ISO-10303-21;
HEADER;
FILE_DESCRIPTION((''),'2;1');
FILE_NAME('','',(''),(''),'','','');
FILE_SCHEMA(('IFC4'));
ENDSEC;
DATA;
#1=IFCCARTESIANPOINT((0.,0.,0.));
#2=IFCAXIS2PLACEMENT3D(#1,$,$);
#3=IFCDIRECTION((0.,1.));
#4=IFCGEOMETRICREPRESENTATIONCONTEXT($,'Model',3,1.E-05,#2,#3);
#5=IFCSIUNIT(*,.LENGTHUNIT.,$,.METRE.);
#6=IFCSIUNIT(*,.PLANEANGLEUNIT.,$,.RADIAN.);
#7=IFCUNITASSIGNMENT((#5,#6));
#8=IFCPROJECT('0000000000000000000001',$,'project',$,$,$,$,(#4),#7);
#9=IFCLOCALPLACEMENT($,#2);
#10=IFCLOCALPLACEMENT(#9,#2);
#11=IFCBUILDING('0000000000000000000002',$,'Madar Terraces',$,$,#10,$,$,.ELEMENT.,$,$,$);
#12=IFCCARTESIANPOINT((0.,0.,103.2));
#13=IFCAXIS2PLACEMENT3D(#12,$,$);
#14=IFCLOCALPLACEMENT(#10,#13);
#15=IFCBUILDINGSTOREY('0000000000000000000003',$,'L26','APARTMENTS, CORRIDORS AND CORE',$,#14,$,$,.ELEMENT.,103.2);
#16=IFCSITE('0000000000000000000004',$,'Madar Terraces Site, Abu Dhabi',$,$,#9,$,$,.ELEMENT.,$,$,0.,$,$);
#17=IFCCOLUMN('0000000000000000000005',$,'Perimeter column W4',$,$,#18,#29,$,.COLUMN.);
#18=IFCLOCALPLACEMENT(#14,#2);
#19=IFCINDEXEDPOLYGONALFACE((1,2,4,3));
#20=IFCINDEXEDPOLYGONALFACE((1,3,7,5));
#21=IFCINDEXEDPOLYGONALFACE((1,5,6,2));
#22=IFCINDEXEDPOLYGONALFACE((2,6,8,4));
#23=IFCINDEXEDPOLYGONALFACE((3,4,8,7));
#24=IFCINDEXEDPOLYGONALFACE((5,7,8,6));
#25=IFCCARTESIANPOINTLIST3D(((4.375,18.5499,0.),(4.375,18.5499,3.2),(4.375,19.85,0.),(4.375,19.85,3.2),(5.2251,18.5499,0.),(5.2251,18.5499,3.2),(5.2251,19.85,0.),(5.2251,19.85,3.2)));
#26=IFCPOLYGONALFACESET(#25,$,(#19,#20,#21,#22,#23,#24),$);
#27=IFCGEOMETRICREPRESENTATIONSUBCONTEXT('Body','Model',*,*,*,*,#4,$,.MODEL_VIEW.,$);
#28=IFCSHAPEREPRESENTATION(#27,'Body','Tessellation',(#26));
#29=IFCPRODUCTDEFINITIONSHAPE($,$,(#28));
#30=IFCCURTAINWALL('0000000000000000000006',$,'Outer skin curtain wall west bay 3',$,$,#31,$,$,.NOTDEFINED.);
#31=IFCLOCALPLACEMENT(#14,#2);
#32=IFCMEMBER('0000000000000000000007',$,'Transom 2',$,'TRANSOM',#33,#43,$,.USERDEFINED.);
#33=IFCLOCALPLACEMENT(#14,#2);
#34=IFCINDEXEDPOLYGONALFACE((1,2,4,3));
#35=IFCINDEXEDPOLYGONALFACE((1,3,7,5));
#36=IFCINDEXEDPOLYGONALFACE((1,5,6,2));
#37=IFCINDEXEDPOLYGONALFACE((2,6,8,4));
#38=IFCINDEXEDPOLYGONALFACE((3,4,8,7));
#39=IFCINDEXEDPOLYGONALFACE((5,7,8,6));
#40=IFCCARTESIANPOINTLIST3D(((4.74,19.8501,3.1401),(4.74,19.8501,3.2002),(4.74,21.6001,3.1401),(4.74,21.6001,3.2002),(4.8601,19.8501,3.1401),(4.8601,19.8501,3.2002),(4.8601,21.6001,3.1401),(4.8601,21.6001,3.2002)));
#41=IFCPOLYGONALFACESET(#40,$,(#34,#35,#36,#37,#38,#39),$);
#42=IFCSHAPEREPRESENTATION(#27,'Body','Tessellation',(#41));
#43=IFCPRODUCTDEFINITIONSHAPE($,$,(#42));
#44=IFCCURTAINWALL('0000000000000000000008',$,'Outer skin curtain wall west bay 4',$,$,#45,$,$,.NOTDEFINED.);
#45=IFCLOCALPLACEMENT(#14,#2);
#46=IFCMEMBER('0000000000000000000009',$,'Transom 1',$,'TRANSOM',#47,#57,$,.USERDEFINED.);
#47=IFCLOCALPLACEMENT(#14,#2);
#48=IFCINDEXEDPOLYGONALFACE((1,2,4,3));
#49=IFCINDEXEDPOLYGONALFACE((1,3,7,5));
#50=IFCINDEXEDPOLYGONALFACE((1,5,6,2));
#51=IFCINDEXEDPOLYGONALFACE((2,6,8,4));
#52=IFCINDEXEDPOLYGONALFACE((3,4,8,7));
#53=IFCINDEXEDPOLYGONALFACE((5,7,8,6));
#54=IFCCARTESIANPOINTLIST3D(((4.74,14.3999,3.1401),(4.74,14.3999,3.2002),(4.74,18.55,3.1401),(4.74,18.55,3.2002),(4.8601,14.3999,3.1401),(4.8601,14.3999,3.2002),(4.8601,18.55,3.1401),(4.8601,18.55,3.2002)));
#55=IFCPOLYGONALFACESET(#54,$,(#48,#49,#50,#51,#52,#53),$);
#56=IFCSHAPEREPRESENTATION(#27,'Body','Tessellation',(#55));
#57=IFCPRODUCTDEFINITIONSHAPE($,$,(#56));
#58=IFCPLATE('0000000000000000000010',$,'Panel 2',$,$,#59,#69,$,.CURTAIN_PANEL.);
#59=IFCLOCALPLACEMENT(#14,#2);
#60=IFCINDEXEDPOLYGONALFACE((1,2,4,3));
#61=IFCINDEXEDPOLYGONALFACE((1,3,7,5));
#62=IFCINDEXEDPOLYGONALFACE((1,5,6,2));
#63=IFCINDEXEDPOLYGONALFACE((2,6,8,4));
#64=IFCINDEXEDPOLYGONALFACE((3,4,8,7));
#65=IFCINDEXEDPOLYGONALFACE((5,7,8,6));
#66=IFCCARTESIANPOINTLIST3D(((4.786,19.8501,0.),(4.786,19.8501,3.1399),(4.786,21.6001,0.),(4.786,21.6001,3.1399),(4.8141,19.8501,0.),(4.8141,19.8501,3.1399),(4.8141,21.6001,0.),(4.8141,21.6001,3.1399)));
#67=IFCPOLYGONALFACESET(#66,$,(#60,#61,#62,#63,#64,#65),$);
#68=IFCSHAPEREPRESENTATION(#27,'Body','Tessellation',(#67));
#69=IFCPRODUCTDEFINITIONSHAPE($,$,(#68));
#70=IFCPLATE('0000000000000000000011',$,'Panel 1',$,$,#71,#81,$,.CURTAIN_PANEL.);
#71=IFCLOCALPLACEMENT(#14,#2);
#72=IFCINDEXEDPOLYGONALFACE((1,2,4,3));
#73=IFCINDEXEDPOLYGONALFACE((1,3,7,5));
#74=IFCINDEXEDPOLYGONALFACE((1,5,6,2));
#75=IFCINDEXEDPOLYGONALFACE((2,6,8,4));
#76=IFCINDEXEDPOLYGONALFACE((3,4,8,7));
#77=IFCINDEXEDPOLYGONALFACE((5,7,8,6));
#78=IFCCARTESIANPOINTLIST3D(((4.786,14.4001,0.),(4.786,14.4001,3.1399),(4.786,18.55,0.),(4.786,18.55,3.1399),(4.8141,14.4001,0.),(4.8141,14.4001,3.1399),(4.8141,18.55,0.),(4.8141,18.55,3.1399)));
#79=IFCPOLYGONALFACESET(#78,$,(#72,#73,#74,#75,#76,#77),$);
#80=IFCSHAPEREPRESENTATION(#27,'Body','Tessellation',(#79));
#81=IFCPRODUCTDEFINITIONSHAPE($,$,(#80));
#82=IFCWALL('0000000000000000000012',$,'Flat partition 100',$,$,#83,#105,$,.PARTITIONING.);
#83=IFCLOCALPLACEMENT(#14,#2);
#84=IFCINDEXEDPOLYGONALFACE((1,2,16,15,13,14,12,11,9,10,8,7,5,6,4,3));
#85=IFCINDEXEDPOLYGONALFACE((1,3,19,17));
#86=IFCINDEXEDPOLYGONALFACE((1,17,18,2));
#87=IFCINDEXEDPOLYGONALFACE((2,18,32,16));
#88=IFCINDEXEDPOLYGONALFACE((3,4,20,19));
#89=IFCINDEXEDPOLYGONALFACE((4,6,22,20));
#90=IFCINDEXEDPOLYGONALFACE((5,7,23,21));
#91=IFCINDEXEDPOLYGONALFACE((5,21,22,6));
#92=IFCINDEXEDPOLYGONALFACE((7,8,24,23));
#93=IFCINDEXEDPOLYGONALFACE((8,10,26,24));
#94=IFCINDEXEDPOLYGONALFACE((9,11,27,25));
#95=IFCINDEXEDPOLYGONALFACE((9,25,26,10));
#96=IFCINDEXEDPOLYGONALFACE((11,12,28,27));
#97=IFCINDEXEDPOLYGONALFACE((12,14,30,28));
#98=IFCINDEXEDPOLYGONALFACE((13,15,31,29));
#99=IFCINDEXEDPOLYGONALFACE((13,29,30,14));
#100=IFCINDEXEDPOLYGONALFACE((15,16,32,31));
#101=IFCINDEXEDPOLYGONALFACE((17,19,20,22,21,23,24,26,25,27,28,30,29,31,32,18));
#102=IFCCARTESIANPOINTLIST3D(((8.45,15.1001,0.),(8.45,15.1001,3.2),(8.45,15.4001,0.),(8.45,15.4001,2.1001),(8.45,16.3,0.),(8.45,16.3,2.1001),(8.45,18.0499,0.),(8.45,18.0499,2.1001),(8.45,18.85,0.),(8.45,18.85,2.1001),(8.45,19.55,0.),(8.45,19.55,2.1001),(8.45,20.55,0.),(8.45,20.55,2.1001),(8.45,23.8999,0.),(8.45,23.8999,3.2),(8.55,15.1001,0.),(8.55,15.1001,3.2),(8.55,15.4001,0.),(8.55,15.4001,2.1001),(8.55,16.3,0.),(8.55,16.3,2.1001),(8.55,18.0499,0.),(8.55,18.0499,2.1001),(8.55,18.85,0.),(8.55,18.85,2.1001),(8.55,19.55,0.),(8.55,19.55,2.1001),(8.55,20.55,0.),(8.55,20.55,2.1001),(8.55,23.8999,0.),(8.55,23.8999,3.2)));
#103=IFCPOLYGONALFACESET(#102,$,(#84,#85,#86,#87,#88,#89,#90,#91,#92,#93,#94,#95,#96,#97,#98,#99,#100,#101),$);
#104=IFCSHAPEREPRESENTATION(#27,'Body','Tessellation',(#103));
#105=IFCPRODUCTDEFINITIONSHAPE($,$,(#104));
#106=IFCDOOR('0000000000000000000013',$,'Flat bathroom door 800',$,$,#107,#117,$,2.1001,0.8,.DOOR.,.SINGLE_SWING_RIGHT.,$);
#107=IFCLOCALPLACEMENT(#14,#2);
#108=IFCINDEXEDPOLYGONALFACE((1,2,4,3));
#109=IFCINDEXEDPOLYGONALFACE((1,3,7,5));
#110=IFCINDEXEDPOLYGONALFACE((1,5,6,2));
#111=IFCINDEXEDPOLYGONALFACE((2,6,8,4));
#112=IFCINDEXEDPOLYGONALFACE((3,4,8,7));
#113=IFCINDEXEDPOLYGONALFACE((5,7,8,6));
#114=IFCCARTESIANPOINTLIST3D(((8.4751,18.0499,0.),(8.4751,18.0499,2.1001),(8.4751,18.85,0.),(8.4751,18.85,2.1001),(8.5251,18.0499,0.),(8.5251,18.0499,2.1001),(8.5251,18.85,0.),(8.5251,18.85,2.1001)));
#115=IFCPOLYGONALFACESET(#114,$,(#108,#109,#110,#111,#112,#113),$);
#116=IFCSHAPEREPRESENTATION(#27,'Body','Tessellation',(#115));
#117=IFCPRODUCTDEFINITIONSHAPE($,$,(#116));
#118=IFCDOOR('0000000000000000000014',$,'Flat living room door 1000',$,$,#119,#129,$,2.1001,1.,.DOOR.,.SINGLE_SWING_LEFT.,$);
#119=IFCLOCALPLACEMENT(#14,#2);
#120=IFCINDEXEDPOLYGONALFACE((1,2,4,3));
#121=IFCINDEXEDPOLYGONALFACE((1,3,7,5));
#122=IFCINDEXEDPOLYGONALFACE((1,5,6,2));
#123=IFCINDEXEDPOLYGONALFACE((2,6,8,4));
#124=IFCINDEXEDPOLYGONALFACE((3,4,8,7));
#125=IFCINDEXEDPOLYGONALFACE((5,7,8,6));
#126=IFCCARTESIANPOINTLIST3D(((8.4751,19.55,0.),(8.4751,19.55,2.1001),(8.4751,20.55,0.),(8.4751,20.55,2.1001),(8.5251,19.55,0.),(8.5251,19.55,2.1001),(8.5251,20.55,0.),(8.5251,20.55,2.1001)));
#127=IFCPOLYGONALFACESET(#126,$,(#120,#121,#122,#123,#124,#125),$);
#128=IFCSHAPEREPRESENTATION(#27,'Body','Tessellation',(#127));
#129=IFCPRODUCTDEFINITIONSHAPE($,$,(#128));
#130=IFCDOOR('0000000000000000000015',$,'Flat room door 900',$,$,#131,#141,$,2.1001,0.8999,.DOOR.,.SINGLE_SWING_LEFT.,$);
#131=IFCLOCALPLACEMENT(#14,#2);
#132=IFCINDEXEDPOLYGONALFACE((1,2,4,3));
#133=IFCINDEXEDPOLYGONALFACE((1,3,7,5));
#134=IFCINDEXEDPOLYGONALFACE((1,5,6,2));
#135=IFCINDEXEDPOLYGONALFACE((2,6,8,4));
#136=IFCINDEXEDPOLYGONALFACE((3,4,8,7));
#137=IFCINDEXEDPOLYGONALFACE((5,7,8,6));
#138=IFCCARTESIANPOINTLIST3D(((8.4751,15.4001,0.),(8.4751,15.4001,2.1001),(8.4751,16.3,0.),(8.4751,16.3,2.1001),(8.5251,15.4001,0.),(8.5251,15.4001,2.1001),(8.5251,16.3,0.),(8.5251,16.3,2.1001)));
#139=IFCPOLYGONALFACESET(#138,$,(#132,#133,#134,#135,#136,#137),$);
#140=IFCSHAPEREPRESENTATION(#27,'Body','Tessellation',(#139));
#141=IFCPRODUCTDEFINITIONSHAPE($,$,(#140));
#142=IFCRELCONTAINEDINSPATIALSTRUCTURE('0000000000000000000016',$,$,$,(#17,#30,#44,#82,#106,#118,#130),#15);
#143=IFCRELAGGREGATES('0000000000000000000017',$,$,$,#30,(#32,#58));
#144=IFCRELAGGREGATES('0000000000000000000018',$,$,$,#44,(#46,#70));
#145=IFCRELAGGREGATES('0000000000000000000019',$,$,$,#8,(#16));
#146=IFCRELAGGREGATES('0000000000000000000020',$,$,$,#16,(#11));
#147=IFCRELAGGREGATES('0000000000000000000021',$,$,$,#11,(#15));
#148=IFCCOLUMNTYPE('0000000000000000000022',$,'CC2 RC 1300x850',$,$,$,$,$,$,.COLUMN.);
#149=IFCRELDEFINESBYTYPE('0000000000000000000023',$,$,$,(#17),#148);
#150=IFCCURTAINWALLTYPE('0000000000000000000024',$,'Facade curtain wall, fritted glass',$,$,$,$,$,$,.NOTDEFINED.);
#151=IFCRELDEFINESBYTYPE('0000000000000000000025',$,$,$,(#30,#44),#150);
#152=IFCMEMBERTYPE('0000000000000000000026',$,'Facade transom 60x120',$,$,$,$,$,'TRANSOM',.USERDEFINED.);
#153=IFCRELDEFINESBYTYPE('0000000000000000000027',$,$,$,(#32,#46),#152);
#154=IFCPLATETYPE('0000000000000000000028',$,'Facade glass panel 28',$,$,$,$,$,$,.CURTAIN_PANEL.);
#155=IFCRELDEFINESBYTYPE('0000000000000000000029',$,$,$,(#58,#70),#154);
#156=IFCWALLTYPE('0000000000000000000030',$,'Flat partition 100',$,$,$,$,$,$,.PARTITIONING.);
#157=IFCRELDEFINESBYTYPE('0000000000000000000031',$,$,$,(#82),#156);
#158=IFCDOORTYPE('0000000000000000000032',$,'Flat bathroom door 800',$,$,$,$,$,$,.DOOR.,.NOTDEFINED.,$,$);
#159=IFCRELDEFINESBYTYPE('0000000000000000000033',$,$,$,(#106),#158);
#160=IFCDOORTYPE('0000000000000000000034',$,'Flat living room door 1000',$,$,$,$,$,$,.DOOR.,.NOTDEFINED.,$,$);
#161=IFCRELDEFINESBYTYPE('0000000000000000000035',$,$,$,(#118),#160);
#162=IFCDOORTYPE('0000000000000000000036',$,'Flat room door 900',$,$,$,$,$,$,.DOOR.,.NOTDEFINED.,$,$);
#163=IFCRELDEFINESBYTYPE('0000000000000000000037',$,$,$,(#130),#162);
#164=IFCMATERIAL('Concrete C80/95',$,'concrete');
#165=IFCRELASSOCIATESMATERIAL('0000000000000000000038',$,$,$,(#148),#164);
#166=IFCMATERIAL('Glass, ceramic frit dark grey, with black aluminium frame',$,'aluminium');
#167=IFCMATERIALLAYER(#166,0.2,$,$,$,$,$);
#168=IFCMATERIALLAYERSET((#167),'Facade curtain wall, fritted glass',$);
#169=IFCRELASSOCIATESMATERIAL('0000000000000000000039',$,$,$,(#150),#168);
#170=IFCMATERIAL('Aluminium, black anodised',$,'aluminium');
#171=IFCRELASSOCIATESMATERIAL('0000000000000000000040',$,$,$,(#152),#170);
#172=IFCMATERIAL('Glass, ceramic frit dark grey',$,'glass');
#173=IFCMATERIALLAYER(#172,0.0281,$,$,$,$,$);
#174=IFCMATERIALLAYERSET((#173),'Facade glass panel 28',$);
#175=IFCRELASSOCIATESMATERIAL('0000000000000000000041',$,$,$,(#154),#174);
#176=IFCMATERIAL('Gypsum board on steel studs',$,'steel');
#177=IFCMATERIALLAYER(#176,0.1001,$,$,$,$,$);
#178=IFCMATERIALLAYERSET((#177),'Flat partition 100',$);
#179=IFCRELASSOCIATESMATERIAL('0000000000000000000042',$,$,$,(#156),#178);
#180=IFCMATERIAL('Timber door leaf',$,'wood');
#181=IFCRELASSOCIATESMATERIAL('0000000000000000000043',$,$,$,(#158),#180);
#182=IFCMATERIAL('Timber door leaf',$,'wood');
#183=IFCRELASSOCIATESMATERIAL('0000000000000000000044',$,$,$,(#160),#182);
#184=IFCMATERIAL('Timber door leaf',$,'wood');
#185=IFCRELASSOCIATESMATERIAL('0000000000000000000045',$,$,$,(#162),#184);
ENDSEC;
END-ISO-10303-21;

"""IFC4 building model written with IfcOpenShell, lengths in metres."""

from ifc_helpers import new_model, si_unit, direction, frame, frame_2d, origin, origin_2d, place, context, subcontext, project, spatial, rectangle, extrude, material, layer, layer_set, material_profile, profile_set, type_object, element, fill, aggregate, save


model = new_model("IFC4")

# Units and contexts
model_context = context("Model", 3, precision=1e-05, world=origin(), true_north=direction((0.0, 1.0)))
body_context = subcontext(model_context, "Body", "Model", "MODEL_VIEW")
ifc_project = project(units=[si_unit("LENGTHUNIT", "METRE"), si_unit("PLANEANGLEUNIT", "RADIAN")], contexts=[model_context])

# Site, building, storey
site_placement = place(None, origin())
site = spatial("IfcSite", under=ifc_project, at=site_placement, Name="Madar Terraces Site, Abu Dhabi", CompositionType="ELEMENT", RefElevation=0.0)
building_placement = place(site_placement, origin())
building = spatial("IfcBuilding", under=site, at=building_placement, Name="Madar Terraces", CompositionType="ELEMENT")
storey_placement = place(building_placement, frame((0.0, 0.0, 103.2)))
storey = spatial("IfcBuildingStorey", under=building, at=storey_placement, Name="L26", Description="APARTMENTS, CORRIDORS AND CORE", CompositionType="ELEMENT", Elevation=103.2)

# Column
ifc_material_1 = material(Name="Concrete C80/95", Category="concrete")
ifc_material_profile_1 = material_profile(ifc_material_1, rectangle(XDim=1.3, YDim=0.8501, at=origin_2d()), Name="CC2 RC 1300x850")
ifc_profile_set_1 = profile_set([ifc_material_profile_1], Name="Concrete C80/95")
column_type = type_object("IfcColumnType", Name="CC2 RC 1300x850", PredefinedType="COLUMN", material=ifc_profile_set_1)
column_placement = place(storey_placement, frame((4.8, 19.2, 0.0), z_axis=(0.0, 0.0, 1.0), x_axis=(0.0, 1.0, 0.0)))
element("IfcColumn", 1, at=column_placement, inside=storey, type_object=column_type, Name="Perimeter column W4", PredefinedType="COLUMN", context=body_context, shape_type="SweptSolid", body=[
    extrude(rectangle(XDim=1.3, YDim=0.8501, at=origin_2d()), origin(), (0.0, 0.0, 1.0), 3.2),
])

# Curtain walls, members
ifc_material_2 = material(Name="Glass, ceramic frit dark grey, with black aluminium frame", Category="aluminium")
ifc_layer_1 = layer(ifc_material_2, 0.2)
ifc_layer_set_1 = layer_set([ifc_layer_1], Name="Facade curtain wall, fritted glass")
curtain_wall_type = type_object("IfcCurtainWallType", Name="Facade curtain wall, fritted glass", PredefinedType="NOTDEFINED", material=ifc_layer_set_1)
curtain_wall_1_placement = place(storey_placement, origin())
curtain_wall_1 = element("IfcCurtainWall", 2, at=curtain_wall_1_placement, inside=storey, type_object=curtain_wall_type, Name="Outer skin curtain wall west bay 3", PredefinedType="NOTDEFINED")
ifc_material_3 = material(Name="Aluminium, black anodised", Category="aluminium")
ifc_material_profile_2 = material_profile(ifc_material_3, rectangle(XDim=0.1201, YDim=0.0601, at=origin_2d()), Name="Facade transom 60x120")
ifc_profile_set_2 = profile_set([ifc_material_profile_2], Name="Aluminium, black anodised")
member_type = type_object("IfcMemberType", Name="Facade transom 60x120", ElementType="TRANSOM", PredefinedType="USERDEFINED", material=ifc_profile_set_2)
member_1_placement = place(storey_placement, frame((4.8, 21.6001, 3.1702), z_axis=(0.0, -1.0, 0.0), x_axis=(1.0, 0.0, 0.0)))
member_1 = element("IfcMember", 3, at=member_1_placement, type_object=member_type, Name="Transom 2", ObjectType="TRANSOM", PredefinedType="USERDEFINED", context=body_context, shape_type="SweptSolid", body=[
    extrude(rectangle(XDim=0.1201, YDim=0.0601, at=origin_2d()), origin(), (0.0, 0.0, 1.0), 1.75),
])
curtain_wall_2_placement = place(storey_placement, origin())
curtain_wall_2 = element("IfcCurtainWall", 4, at=curtain_wall_2_placement, inside=storey, type_object=curtain_wall_type, Name="Outer skin curtain wall west bay 4", PredefinedType="NOTDEFINED")
member_2_placement = place(storey_placement, frame((4.8, 18.55, 3.1702), z_axis=(0.0, -1.0, 0.0), x_axis=(1.0, 0.0, 0.0)))
member_2 = element("IfcMember", 5, at=member_2_placement, type_object=member_type, Name="Transom 1", ObjectType="TRANSOM", PredefinedType="USERDEFINED", context=body_context, shape_type="SweptSolid", body=[
    extrude(rectangle(XDim=0.1201, YDim=0.0601, at=origin_2d()), origin(), (0.0, 0.0, 1.0), 4.1501),
])

# Plates
ifc_material_4 = material(Name="Glass, ceramic frit dark grey", Category="glass")
ifc_layer_2 = layer(ifc_material_4, 0.0281)
ifc_layer_set_2 = layer_set([ifc_layer_2], Name="Facade glass panel 28")
plate_type = type_object("IfcPlateType", Name="Facade glass panel 28", PredefinedType="CURTAIN_PANEL", material=ifc_layer_set_2)
plate_1_placement = place(storey_placement, frame((4.8, 20.7251, 0.0), z_axis=(0.0, 0.0, 1.0), x_axis=(0.0, -1.0, 0.0)))
plate_1 = element("IfcPlate", 6, at=plate_1_placement, type_object=plate_type, Name="Panel 2", PredefinedType="CURTAIN_PANEL", context=body_context, shape_type="SweptSolid", body=[
    extrude(rectangle(XDim=1.75, YDim=0.0281, at=origin_2d()), origin(), (0.0, 0.0, 1.0), 3.1399),
])
aggregate(curtain_wall_1, [member_1, plate_1])
plate_2_placement = place(storey_placement, frame((4.8, 16.4751, 0.0), z_axis=(0.0, 0.0, 1.0), x_axis=(0.0, -1.0, 0.0)))
plate_2 = element("IfcPlate", 7, at=plate_2_placement, type_object=plate_type, Name="Panel 1", PredefinedType="CURTAIN_PANEL", context=body_context, shape_type="SweptSolid", body=[
    extrude(rectangle(XDim=4.1499, YDim=0.0281, at=origin_2d()), origin(), (0.0, 0.0, 1.0), 3.1399),
])
aggregate(curtain_wall_2, [member_2, plate_2])

# Wall, openings, doors
ifc_material_5 = material(Name="Gypsum board on steel studs", Category="steel")
ifc_layer_3 = layer(ifc_material_5, 0.1001)
ifc_layer_set_3 = layer_set([ifc_layer_3], Name="Flat partition 100")
wall_type_1 = type_object("IfcWallType", Name="Flat partition 100", PredefinedType="PARTITIONING", material=ifc_layer_set_3)
wall_1_placement = place(storey_placement, frame((8.5, 15.1001, 0.0), z_axis=(0.0, 0.0, 1.0), x_axis=(0.0, 1.0, 0.0)))
wall_1 = element("IfcWall", 8, at=wall_1_placement, inside=storey, type_object=wall_type_1, Name="Flat partition 100", PredefinedType="PARTITIONING", context=body_context, shape_type="SweptSolid", body=[
    extrude(rectangle(XDim=8.7998, YDim=0.1001, at=frame_2d((4.3999, 0.0))), origin(), (0.0, 0.0, 1.0), 3.2),
])
opening_1_placement = place(wall_1_placement, frame((4.45, 0.0, 0.0)))
opening_1 = element("IfcOpeningElement", 9, at=opening_1_placement, cuts=wall_1, PredefinedType="OPENING", context=body_context, shape_type="SweptSolid", body=[
    extrude(rectangle(XDim=1.0, YDim=2.1001, at=frame_2d((0.5, 1.05))), frame((0.0, 0.0601, 0.0), z_axis=(0.0, -1.0, 0.0), x_axis=(1.0, 0.0, 0.0)), (0.0, 0.0, 1.0), 0.1201),
])
opening_2_placement = place(wall_1_placement, frame((2.95, 0.0, 0.0)))
opening_2 = element("IfcOpeningElement", 10, at=opening_2_placement, cuts=wall_1, PredefinedType="OPENING", context=body_context, shape_type="SweptSolid", body=[
    extrude(rectangle(XDim=0.8, YDim=2.1001, at=frame_2d((0.3999, 1.05))), frame((0.0, 0.0601, 0.0), z_axis=(0.0, -1.0, 0.0), x_axis=(1.0, 0.0, 0.0)), (0.0, 0.0, 1.0), 0.1201),
])
opening_3_placement = place(wall_1_placement, frame((0.3, 0.0, 0.0)))
opening_3 = element("IfcOpeningElement", 11, at=opening_3_placement, cuts=wall_1, PredefinedType="OPENING", context=body_context, shape_type="SweptSolid", body=[
    extrude(rectangle(XDim=0.8999, YDim=2.1001, at=frame_2d((0.45, 1.05))), frame((0.0, 0.0601, 0.0), z_axis=(0.0, -1.0, 0.0), x_axis=(1.0, 0.0, 0.0)), (0.0, 0.0, 1.0), 0.1201),
])
ifc_material_6 = material(Name="Timber door leaf", Category="wood")
door_type_1 = type_object("IfcDoorType", Name="Flat bathroom door 800", OperationType="NOTDEFINED", PredefinedType="DOOR", material=ifc_material_6)
door_1_placement = place(opening_2_placement, origin())
door_1 = element("IfcDoor", 12, at=door_1_placement, inside=storey, type_object=door_type_1, Name="Flat bathroom door 800", OperationType="SINGLE_SWING_RIGHT", OverallHeight=2.1001, OverallWidth=0.8, PredefinedType="DOOR", context=body_context, shape_type="SweptSolid", body=[
    extrude(rectangle(XDim=0.8, YDim=2.1001, at=frame_2d((0.3999, 1.05))), frame((0.0, 0.0249, 0.0), z_axis=(0.0, -1.0, 0.0), x_axis=(1.0, 0.0, 0.0)), (0.0, 0.0, 1.0), 0.05),
])
fill(opening_2, door_1)
ifc_material_7 = material(Name="Timber door leaf", Category="wood")
door_type_2 = type_object("IfcDoorType", Name="Flat living room door 1000", OperationType="NOTDEFINED", PredefinedType="DOOR", material=ifc_material_7)
door_2_placement = place(opening_1_placement, origin())
door_2 = element("IfcDoor", 13, at=door_2_placement, inside=storey, type_object=door_type_2, Name="Flat living room door 1000", OperationType="SINGLE_SWING_LEFT", OverallHeight=2.1001, OverallWidth=1.0, PredefinedType="DOOR", context=body_context, shape_type="SweptSolid", body=[
    extrude(rectangle(XDim=1.0, YDim=2.1001, at=frame_2d((0.5, 1.05))), frame((0.0, 0.0249, 0.0), z_axis=(0.0, -1.0, 0.0), x_axis=(1.0, 0.0, 0.0)), (0.0, 0.0, 1.0), 0.05),
])
fill(opening_1, door_2)
ifc_material_8 = material(Name="Timber door leaf", Category="wood")
door_type_3 = type_object("IfcDoorType", Name="Flat room door 900", OperationType="NOTDEFINED", PredefinedType="DOOR", material=ifc_material_8)
door_3_placement = place(opening_3_placement, origin())
door_3 = element("IfcDoor", 14, at=door_3_placement, inside=storey, type_object=door_type_3, Name="Flat room door 900", OperationType="SINGLE_SWING_LEFT", OverallHeight=2.1001, OverallWidth=0.8999, PredefinedType="DOOR", context=body_context, shape_type="SweptSolid", body=[
    extrude(rectangle(XDim=0.8999, YDim=2.1001, at=frame_2d((0.45, 1.05))), frame((0.0, 0.0249, 0.0), z_axis=(0.0, -1.0, 0.0), x_axis=(1.0, 0.0, 0.0)), (0.0, 0.0, 1.0), 0.05),
])
fill(opening_3, door_3)

save(model, "model.ifc")
